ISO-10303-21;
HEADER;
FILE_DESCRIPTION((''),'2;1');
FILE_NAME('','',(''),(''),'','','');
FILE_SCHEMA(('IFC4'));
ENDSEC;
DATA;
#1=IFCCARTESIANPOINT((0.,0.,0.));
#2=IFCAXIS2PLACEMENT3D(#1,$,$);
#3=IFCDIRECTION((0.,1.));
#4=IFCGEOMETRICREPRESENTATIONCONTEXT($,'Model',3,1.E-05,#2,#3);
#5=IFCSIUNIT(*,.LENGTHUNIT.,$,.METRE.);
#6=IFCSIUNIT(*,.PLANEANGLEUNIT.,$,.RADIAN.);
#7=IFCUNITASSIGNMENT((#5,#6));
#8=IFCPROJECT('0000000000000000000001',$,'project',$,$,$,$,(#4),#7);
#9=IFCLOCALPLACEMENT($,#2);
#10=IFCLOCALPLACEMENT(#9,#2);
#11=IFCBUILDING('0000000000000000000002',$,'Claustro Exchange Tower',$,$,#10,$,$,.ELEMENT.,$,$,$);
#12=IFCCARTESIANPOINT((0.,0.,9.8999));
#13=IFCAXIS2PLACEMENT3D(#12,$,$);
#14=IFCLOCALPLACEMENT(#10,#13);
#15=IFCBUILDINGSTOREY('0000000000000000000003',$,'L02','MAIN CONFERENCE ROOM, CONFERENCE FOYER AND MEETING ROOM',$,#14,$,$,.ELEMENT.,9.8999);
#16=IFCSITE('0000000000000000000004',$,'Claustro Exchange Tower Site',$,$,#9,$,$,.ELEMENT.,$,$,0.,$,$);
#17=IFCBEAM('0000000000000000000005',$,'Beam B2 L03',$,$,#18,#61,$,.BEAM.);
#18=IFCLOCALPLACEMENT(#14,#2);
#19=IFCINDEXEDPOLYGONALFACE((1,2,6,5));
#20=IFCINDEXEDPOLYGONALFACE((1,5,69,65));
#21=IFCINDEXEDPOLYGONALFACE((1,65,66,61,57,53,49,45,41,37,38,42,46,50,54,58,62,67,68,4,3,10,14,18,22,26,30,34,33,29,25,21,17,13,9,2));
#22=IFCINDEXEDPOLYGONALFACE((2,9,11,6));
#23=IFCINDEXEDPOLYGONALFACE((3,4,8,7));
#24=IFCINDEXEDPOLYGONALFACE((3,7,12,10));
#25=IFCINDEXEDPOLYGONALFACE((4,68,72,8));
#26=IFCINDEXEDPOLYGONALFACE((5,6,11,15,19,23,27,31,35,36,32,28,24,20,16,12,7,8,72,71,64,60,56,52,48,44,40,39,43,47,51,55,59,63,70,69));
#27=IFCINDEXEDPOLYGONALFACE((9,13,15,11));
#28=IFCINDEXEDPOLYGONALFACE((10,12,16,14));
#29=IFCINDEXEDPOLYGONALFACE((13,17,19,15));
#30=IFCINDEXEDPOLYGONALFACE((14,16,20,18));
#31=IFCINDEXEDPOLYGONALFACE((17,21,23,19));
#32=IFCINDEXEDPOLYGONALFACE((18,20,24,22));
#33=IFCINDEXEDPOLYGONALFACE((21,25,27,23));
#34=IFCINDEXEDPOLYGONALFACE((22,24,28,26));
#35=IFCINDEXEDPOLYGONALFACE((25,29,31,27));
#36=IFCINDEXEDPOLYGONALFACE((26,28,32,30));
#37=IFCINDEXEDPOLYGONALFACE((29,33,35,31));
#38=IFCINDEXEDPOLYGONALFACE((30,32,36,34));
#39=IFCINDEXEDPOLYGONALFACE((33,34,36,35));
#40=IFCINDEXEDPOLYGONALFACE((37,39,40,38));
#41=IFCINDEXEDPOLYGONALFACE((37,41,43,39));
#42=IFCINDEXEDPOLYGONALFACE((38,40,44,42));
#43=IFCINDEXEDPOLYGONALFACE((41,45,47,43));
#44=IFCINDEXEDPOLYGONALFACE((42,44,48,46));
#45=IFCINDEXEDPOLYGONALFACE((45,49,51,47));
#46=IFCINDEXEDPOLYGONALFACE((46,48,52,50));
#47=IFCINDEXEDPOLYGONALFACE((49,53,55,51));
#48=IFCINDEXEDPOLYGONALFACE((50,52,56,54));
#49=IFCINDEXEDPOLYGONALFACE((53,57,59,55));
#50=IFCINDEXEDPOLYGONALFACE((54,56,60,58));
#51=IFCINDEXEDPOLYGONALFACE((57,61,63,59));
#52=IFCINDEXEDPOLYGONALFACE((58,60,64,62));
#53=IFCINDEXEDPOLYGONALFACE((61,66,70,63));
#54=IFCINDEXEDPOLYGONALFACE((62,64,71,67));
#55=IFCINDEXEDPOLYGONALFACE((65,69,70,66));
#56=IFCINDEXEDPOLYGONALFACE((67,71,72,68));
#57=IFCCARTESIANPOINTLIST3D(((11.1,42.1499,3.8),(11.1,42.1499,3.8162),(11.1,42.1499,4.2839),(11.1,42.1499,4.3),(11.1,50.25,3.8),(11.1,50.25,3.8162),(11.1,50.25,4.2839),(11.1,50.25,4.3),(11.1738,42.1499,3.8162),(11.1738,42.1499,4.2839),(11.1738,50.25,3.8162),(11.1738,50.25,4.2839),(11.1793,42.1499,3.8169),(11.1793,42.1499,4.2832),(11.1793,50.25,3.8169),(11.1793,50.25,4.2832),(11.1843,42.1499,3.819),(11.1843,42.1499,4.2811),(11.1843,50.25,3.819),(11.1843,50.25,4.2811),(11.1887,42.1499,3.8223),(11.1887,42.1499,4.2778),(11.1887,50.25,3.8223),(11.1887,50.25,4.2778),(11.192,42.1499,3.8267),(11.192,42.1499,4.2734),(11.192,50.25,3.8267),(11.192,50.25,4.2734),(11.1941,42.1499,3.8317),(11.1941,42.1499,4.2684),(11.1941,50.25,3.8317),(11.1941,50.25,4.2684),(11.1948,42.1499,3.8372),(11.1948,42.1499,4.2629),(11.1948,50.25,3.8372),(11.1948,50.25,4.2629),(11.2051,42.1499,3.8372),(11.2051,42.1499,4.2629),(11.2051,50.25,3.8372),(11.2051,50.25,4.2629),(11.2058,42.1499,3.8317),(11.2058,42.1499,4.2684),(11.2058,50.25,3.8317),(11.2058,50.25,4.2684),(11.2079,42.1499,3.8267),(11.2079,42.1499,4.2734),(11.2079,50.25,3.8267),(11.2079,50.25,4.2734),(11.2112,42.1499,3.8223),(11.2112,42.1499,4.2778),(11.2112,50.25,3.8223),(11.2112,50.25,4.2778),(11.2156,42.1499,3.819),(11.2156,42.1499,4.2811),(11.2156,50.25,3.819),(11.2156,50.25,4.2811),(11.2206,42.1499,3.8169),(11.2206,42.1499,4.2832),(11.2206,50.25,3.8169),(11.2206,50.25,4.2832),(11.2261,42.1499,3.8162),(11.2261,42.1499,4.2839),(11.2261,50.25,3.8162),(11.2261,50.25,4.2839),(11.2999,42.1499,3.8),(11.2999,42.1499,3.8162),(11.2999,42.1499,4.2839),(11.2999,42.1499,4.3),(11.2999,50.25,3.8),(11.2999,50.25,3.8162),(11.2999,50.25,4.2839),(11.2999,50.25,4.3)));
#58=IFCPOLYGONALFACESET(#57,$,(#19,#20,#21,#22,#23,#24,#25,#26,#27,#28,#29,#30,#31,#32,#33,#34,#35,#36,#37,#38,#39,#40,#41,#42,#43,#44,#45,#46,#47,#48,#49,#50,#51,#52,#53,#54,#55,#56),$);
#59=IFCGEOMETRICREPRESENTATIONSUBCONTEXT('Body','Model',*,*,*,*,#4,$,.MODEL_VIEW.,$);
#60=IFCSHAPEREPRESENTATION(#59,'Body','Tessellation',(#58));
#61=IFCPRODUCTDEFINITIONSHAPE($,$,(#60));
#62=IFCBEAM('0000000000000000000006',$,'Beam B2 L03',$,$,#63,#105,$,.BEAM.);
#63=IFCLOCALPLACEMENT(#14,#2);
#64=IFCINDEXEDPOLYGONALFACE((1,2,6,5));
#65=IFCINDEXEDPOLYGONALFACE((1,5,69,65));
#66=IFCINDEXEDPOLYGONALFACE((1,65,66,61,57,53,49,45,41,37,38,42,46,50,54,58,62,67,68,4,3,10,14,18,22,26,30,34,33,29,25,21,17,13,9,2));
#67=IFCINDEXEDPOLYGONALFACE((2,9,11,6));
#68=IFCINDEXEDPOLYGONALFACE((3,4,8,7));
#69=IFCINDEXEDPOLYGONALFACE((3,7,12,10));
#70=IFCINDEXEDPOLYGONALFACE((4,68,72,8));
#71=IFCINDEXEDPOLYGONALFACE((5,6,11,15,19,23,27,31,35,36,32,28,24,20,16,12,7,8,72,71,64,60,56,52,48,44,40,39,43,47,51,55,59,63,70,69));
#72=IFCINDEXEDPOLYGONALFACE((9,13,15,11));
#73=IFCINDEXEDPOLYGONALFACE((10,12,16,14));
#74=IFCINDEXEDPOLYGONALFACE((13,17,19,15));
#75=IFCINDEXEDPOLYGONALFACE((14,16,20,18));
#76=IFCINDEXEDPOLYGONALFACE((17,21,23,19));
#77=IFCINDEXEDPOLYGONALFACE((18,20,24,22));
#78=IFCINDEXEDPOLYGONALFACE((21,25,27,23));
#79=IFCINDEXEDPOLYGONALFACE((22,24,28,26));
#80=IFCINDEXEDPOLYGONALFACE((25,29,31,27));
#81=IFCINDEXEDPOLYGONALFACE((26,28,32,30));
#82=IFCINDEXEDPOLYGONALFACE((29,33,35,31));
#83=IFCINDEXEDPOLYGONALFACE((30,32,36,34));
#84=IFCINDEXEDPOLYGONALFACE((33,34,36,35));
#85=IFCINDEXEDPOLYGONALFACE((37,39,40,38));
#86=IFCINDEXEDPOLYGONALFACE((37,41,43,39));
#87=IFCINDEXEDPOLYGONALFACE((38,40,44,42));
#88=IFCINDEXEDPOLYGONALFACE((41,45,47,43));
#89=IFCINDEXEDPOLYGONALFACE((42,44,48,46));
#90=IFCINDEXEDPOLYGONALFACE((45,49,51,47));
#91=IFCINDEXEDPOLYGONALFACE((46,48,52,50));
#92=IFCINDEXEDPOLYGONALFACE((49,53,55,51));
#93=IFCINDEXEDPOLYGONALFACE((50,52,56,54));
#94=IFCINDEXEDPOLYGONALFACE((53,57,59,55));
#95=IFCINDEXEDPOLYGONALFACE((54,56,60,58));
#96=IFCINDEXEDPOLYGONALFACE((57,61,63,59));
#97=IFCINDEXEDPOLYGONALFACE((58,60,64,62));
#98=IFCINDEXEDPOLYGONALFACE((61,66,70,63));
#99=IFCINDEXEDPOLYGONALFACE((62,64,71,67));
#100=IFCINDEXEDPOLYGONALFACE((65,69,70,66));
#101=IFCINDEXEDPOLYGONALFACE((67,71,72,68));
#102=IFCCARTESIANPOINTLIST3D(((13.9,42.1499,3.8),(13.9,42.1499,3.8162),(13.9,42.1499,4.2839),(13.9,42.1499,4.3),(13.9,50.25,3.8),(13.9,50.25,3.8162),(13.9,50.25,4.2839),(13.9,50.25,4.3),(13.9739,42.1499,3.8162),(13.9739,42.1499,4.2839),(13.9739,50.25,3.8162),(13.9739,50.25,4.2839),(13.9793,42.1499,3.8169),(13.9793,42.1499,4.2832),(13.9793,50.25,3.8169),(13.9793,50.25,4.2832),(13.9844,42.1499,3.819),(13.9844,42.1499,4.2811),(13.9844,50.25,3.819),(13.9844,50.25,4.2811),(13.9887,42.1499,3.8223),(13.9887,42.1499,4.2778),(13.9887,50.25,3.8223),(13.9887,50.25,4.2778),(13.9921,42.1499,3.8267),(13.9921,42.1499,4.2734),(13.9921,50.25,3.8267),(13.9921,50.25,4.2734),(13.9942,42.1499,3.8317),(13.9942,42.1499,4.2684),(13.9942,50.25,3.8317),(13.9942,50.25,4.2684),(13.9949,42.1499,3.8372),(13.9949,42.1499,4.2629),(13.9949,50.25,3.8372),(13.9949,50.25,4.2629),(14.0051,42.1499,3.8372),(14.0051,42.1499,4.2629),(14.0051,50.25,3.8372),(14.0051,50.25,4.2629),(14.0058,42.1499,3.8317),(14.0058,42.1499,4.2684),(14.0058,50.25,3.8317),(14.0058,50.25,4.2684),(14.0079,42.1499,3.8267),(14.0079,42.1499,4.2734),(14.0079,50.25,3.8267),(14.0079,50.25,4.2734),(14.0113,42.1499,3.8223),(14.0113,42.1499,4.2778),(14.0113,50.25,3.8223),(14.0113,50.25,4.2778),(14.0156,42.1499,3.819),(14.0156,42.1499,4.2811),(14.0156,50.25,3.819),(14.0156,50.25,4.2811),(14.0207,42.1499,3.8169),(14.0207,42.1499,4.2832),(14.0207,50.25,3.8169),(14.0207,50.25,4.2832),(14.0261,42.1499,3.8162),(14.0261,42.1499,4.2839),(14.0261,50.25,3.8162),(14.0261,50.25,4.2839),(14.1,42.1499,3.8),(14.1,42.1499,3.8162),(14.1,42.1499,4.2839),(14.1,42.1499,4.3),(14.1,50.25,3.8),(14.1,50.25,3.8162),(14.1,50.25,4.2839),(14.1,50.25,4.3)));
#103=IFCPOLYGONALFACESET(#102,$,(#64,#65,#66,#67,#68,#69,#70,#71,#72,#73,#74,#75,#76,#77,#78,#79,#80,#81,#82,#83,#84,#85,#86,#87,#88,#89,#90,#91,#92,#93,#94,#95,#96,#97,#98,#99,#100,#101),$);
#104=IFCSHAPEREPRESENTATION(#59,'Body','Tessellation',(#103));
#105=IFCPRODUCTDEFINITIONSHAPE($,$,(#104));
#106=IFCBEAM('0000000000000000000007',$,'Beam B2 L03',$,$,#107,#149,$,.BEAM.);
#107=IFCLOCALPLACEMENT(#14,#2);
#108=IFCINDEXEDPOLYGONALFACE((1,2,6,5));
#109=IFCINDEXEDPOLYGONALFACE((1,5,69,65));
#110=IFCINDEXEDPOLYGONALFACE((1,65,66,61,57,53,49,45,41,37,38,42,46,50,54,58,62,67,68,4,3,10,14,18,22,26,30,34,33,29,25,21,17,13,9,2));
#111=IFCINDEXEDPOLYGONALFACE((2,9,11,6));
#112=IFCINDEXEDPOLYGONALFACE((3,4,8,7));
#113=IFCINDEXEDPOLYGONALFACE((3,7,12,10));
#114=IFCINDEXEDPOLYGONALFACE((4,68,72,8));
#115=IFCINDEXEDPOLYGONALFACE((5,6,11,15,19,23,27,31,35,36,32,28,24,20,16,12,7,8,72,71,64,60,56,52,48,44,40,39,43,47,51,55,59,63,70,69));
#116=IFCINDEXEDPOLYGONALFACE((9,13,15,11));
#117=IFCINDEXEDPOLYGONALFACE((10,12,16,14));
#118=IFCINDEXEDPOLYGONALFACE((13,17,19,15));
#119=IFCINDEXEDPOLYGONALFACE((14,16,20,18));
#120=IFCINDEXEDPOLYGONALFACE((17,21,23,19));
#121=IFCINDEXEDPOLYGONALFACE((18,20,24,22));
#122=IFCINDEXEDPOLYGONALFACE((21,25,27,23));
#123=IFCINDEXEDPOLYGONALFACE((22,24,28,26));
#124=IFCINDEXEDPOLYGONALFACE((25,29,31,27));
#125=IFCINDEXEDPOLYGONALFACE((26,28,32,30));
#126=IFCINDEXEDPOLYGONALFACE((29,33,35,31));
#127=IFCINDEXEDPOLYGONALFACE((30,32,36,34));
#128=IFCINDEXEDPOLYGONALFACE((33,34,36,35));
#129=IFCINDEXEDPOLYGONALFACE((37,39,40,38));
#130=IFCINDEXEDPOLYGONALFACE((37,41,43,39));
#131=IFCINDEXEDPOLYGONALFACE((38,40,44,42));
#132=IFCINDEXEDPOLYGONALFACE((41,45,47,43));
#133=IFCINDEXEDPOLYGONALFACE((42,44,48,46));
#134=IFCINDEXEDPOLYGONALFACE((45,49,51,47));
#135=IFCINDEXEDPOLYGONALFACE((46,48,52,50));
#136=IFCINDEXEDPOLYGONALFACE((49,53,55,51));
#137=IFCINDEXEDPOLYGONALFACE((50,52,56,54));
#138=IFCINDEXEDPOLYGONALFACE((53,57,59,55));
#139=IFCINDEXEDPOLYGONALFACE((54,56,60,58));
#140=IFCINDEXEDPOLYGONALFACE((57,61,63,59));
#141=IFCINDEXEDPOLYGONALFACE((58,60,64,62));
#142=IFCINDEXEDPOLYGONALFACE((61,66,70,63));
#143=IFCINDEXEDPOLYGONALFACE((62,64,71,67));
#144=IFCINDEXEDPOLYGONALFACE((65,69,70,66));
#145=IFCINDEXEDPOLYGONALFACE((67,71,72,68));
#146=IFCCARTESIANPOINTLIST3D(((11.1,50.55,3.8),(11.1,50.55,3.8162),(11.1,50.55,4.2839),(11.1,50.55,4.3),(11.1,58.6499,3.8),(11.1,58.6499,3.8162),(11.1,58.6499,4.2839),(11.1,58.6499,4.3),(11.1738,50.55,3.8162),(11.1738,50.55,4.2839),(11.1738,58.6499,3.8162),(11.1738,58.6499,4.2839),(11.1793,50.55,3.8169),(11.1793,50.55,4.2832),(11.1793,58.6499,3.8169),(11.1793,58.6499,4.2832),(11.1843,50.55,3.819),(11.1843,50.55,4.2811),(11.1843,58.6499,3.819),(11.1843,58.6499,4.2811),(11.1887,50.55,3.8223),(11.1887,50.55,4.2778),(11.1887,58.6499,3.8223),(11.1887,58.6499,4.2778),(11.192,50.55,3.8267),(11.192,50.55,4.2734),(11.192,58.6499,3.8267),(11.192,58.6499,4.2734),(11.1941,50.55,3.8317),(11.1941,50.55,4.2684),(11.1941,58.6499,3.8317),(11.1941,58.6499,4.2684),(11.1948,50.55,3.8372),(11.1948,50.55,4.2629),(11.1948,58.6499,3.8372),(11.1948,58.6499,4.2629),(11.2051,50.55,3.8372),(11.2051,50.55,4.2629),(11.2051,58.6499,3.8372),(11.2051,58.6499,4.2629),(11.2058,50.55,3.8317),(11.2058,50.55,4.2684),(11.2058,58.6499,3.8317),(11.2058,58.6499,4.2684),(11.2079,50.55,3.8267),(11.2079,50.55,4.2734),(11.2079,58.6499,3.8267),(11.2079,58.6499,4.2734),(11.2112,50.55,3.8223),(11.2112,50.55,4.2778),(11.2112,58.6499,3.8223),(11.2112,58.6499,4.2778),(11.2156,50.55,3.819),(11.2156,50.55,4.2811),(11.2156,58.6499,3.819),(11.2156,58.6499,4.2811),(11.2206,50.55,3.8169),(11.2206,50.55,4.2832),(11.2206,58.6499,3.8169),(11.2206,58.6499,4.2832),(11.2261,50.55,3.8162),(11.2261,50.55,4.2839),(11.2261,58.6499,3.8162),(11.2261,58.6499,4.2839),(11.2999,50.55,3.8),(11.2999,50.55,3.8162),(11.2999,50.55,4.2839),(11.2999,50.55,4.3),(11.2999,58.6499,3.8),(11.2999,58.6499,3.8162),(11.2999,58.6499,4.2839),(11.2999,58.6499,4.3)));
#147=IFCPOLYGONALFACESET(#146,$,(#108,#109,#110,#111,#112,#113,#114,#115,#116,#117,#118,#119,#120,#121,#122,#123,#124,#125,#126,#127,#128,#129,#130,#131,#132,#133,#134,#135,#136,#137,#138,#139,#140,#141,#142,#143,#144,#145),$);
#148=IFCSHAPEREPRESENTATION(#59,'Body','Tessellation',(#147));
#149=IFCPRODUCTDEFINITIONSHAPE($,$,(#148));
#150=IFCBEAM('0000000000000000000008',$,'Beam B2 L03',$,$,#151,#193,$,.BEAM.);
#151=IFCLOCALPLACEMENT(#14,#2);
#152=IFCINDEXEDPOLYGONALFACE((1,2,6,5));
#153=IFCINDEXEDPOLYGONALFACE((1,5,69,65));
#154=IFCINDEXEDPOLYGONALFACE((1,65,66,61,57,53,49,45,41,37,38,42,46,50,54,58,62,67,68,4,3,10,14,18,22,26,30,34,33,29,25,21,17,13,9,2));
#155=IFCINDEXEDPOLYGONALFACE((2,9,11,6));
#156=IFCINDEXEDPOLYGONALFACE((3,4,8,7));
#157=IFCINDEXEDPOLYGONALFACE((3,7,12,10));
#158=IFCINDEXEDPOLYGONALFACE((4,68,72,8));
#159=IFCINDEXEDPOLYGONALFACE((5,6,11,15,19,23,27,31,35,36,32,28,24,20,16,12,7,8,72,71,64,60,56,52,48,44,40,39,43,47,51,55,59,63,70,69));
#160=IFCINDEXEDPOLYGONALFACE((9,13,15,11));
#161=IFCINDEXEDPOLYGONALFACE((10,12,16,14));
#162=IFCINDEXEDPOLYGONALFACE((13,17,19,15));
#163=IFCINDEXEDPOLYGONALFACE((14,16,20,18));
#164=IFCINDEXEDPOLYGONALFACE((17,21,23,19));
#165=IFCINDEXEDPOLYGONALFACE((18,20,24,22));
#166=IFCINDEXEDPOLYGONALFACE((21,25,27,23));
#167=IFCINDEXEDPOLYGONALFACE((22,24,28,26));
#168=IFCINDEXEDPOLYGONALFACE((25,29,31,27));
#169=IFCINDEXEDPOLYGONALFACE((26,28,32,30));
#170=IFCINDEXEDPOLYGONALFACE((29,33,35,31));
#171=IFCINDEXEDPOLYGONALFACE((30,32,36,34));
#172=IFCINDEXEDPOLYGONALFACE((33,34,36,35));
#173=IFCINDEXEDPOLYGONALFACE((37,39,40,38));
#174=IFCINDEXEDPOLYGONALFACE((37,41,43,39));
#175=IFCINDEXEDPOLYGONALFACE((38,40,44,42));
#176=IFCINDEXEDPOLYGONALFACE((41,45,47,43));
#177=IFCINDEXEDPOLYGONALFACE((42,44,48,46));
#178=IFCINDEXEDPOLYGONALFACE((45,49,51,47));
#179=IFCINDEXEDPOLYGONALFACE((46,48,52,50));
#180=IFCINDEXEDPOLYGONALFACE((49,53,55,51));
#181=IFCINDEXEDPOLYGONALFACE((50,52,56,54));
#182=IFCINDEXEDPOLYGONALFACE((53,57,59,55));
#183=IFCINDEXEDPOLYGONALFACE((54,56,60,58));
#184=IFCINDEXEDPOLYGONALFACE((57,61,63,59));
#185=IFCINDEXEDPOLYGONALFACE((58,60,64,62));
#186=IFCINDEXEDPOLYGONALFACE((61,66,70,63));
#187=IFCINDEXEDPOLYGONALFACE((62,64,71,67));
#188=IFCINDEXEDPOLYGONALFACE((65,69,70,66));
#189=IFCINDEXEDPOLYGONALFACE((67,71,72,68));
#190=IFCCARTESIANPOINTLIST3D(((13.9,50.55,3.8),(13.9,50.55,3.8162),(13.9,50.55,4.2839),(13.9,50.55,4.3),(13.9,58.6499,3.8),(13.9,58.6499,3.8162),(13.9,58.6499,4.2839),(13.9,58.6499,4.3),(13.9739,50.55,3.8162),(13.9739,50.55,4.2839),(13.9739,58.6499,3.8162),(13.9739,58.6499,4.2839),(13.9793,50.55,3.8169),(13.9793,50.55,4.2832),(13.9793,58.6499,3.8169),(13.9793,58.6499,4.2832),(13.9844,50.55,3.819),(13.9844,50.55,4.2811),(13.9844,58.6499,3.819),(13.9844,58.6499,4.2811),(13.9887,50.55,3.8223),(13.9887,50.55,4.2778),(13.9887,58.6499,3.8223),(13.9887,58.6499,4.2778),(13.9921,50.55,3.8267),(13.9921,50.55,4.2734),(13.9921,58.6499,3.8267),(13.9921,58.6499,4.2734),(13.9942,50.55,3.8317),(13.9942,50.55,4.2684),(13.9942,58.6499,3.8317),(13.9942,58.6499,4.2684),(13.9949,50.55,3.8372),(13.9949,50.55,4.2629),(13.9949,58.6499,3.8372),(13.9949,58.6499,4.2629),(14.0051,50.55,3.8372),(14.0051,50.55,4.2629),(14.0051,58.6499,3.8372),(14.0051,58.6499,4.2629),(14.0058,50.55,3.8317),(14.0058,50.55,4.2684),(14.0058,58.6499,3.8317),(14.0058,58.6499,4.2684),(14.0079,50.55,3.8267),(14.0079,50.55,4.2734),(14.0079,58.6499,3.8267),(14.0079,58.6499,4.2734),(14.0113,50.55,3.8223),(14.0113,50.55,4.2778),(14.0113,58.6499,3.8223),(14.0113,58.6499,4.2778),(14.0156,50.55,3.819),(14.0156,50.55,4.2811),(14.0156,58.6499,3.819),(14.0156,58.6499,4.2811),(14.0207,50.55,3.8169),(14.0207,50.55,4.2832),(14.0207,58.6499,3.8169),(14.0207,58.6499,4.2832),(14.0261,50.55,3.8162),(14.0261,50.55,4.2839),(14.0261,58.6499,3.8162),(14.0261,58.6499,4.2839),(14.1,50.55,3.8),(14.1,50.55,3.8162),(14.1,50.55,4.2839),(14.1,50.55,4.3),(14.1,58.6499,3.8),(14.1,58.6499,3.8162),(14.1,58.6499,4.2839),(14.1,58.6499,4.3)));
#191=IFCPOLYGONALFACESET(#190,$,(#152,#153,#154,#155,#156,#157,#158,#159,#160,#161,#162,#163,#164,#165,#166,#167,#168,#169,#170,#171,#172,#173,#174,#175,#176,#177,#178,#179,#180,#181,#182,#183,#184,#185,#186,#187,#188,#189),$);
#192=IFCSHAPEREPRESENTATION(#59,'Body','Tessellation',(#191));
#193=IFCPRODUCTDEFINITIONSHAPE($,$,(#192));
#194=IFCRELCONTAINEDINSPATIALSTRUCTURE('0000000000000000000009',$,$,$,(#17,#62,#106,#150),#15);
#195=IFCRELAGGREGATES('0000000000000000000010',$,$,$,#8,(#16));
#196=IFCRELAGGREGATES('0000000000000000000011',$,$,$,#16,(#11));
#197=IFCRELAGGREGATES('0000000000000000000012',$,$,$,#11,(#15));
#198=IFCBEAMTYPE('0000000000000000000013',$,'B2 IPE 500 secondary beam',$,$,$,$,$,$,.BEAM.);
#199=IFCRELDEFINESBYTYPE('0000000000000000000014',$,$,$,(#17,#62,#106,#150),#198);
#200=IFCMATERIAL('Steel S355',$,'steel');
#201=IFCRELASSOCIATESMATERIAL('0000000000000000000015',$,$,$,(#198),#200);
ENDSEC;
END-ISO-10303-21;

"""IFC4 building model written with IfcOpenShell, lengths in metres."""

from ifc_helpers import new_model, si_unit, direction, frame, origin, origin_2d, place, context, subcontext, project, spatial, i_section, extrude, material, material_profile, profile_set, type_object, element, save


model = new_model("IFC4")

# Units and contexts
model_context = context("Model", 3, precision=1e-05, world=origin(), true_north=direction((0.0, 1.0)))
body_context = subcontext(model_context, "Body", "Model", "MODEL_VIEW")
ifc_project = project(units=[si_unit("LENGTHUNIT", "METRE"), si_unit("PLANEANGLEUNIT", "RADIAN")], contexts=[model_context])

# Site, building, storey
site_placement = place(None, origin())
site = spatial("IfcSite", under=ifc_project, at=site_placement, Name="Claustro Exchange Tower Site", CompositionType="ELEMENT", RefElevation=0.0)
building_placement = place(site_placement, origin())
building = spatial("IfcBuilding", under=site, at=building_placement, Name="Claustro Exchange Tower", CompositionType="ELEMENT")
storey_placement = place(building_placement, frame((0.0, 0.0, 9.8999)))
storey = spatial("IfcBuildingStorey", under=building, at=storey_placement, Name="L02", Description="MAIN CONFERENCE ROOM, CONFERENCE FOYER AND MEETING ROOM", CompositionType="ELEMENT", Elevation=9.8999)

# Beams
ifc_material_1 = material(Name="Steel S355", Category="steel")
ifc_material_profile_1 = material_profile(ifc_material_1, i_section(OverallWidth=0.2, OverallDepth=0.5, WebThickness=0.0103, FlangeThickness=0.0161, FilletRadius=0.021, at=origin_2d()), Name="IPE 500")
ifc_profile_set_1 = profile_set([ifc_material_profile_1], Name="Steel S355")
beam_type_1 = type_object("IfcBeamType", Name="B2 IPE 500 secondary beam", PredefinedType="BEAM", material=ifc_profile_set_1)
for number, where, z_axis, x_axis, name in (
    (1, (11.2, 42.1499, 4.05), (0.0, 1.0, 0.0), (-1.0, 0.0, 0.0), "Beam B2 L03"),
    (2, (14.0, 42.1499, 4.05), (0.0, 1.0, 0.0), (-1.0, 0.0, 0.0), "Beam B2 L03"),
):
    element("IfcBeam", number, at=place(storey_placement, frame(where, z_axis=z_axis, x_axis=x_axis)), inside=storey, type_object=beam_type_1, Name=name, PredefinedType="BEAM", context=body_context, shape_type="SweptSolid", body=[
        extrude(i_section(OverallWidth=0.2, OverallDepth=0.5, WebThickness=0.0103, FlangeThickness=0.0161, FilletRadius=0.021, at=origin_2d()), origin(), (0.0, 0.0, 1.0), 8.1001),
    ])
for number, where, z_axis, x_axis, name in (
    (3, (11.2, 50.55, 4.05), (0.0, 1.0, 0.0), (-1.0, 0.0, 0.0), "Beam B2 L03"),
    (4, (14.0, 50.55, 4.05), (0.0, 1.0, 0.0), (-1.0, 0.0, 0.0), "Beam B2 L03"),
):
    element("IfcBeam", number, at=place(storey_placement, frame(where, z_axis=z_axis, x_axis=x_axis)), inside=storey, type_object=beam_type_1, Name=name, PredefinedType="BEAM", context=body_context, shape_type="SweptSolid", body=[
        extrude(i_section(OverallWidth=0.2, OverallDepth=0.5, WebThickness=0.0103, FlangeThickness=0.0161, FilletRadius=0.021, at=origin_2d()), origin(), (0.0, 0.0, 1.0), 8.0999),
    ])

save(model, "model.ifc")
